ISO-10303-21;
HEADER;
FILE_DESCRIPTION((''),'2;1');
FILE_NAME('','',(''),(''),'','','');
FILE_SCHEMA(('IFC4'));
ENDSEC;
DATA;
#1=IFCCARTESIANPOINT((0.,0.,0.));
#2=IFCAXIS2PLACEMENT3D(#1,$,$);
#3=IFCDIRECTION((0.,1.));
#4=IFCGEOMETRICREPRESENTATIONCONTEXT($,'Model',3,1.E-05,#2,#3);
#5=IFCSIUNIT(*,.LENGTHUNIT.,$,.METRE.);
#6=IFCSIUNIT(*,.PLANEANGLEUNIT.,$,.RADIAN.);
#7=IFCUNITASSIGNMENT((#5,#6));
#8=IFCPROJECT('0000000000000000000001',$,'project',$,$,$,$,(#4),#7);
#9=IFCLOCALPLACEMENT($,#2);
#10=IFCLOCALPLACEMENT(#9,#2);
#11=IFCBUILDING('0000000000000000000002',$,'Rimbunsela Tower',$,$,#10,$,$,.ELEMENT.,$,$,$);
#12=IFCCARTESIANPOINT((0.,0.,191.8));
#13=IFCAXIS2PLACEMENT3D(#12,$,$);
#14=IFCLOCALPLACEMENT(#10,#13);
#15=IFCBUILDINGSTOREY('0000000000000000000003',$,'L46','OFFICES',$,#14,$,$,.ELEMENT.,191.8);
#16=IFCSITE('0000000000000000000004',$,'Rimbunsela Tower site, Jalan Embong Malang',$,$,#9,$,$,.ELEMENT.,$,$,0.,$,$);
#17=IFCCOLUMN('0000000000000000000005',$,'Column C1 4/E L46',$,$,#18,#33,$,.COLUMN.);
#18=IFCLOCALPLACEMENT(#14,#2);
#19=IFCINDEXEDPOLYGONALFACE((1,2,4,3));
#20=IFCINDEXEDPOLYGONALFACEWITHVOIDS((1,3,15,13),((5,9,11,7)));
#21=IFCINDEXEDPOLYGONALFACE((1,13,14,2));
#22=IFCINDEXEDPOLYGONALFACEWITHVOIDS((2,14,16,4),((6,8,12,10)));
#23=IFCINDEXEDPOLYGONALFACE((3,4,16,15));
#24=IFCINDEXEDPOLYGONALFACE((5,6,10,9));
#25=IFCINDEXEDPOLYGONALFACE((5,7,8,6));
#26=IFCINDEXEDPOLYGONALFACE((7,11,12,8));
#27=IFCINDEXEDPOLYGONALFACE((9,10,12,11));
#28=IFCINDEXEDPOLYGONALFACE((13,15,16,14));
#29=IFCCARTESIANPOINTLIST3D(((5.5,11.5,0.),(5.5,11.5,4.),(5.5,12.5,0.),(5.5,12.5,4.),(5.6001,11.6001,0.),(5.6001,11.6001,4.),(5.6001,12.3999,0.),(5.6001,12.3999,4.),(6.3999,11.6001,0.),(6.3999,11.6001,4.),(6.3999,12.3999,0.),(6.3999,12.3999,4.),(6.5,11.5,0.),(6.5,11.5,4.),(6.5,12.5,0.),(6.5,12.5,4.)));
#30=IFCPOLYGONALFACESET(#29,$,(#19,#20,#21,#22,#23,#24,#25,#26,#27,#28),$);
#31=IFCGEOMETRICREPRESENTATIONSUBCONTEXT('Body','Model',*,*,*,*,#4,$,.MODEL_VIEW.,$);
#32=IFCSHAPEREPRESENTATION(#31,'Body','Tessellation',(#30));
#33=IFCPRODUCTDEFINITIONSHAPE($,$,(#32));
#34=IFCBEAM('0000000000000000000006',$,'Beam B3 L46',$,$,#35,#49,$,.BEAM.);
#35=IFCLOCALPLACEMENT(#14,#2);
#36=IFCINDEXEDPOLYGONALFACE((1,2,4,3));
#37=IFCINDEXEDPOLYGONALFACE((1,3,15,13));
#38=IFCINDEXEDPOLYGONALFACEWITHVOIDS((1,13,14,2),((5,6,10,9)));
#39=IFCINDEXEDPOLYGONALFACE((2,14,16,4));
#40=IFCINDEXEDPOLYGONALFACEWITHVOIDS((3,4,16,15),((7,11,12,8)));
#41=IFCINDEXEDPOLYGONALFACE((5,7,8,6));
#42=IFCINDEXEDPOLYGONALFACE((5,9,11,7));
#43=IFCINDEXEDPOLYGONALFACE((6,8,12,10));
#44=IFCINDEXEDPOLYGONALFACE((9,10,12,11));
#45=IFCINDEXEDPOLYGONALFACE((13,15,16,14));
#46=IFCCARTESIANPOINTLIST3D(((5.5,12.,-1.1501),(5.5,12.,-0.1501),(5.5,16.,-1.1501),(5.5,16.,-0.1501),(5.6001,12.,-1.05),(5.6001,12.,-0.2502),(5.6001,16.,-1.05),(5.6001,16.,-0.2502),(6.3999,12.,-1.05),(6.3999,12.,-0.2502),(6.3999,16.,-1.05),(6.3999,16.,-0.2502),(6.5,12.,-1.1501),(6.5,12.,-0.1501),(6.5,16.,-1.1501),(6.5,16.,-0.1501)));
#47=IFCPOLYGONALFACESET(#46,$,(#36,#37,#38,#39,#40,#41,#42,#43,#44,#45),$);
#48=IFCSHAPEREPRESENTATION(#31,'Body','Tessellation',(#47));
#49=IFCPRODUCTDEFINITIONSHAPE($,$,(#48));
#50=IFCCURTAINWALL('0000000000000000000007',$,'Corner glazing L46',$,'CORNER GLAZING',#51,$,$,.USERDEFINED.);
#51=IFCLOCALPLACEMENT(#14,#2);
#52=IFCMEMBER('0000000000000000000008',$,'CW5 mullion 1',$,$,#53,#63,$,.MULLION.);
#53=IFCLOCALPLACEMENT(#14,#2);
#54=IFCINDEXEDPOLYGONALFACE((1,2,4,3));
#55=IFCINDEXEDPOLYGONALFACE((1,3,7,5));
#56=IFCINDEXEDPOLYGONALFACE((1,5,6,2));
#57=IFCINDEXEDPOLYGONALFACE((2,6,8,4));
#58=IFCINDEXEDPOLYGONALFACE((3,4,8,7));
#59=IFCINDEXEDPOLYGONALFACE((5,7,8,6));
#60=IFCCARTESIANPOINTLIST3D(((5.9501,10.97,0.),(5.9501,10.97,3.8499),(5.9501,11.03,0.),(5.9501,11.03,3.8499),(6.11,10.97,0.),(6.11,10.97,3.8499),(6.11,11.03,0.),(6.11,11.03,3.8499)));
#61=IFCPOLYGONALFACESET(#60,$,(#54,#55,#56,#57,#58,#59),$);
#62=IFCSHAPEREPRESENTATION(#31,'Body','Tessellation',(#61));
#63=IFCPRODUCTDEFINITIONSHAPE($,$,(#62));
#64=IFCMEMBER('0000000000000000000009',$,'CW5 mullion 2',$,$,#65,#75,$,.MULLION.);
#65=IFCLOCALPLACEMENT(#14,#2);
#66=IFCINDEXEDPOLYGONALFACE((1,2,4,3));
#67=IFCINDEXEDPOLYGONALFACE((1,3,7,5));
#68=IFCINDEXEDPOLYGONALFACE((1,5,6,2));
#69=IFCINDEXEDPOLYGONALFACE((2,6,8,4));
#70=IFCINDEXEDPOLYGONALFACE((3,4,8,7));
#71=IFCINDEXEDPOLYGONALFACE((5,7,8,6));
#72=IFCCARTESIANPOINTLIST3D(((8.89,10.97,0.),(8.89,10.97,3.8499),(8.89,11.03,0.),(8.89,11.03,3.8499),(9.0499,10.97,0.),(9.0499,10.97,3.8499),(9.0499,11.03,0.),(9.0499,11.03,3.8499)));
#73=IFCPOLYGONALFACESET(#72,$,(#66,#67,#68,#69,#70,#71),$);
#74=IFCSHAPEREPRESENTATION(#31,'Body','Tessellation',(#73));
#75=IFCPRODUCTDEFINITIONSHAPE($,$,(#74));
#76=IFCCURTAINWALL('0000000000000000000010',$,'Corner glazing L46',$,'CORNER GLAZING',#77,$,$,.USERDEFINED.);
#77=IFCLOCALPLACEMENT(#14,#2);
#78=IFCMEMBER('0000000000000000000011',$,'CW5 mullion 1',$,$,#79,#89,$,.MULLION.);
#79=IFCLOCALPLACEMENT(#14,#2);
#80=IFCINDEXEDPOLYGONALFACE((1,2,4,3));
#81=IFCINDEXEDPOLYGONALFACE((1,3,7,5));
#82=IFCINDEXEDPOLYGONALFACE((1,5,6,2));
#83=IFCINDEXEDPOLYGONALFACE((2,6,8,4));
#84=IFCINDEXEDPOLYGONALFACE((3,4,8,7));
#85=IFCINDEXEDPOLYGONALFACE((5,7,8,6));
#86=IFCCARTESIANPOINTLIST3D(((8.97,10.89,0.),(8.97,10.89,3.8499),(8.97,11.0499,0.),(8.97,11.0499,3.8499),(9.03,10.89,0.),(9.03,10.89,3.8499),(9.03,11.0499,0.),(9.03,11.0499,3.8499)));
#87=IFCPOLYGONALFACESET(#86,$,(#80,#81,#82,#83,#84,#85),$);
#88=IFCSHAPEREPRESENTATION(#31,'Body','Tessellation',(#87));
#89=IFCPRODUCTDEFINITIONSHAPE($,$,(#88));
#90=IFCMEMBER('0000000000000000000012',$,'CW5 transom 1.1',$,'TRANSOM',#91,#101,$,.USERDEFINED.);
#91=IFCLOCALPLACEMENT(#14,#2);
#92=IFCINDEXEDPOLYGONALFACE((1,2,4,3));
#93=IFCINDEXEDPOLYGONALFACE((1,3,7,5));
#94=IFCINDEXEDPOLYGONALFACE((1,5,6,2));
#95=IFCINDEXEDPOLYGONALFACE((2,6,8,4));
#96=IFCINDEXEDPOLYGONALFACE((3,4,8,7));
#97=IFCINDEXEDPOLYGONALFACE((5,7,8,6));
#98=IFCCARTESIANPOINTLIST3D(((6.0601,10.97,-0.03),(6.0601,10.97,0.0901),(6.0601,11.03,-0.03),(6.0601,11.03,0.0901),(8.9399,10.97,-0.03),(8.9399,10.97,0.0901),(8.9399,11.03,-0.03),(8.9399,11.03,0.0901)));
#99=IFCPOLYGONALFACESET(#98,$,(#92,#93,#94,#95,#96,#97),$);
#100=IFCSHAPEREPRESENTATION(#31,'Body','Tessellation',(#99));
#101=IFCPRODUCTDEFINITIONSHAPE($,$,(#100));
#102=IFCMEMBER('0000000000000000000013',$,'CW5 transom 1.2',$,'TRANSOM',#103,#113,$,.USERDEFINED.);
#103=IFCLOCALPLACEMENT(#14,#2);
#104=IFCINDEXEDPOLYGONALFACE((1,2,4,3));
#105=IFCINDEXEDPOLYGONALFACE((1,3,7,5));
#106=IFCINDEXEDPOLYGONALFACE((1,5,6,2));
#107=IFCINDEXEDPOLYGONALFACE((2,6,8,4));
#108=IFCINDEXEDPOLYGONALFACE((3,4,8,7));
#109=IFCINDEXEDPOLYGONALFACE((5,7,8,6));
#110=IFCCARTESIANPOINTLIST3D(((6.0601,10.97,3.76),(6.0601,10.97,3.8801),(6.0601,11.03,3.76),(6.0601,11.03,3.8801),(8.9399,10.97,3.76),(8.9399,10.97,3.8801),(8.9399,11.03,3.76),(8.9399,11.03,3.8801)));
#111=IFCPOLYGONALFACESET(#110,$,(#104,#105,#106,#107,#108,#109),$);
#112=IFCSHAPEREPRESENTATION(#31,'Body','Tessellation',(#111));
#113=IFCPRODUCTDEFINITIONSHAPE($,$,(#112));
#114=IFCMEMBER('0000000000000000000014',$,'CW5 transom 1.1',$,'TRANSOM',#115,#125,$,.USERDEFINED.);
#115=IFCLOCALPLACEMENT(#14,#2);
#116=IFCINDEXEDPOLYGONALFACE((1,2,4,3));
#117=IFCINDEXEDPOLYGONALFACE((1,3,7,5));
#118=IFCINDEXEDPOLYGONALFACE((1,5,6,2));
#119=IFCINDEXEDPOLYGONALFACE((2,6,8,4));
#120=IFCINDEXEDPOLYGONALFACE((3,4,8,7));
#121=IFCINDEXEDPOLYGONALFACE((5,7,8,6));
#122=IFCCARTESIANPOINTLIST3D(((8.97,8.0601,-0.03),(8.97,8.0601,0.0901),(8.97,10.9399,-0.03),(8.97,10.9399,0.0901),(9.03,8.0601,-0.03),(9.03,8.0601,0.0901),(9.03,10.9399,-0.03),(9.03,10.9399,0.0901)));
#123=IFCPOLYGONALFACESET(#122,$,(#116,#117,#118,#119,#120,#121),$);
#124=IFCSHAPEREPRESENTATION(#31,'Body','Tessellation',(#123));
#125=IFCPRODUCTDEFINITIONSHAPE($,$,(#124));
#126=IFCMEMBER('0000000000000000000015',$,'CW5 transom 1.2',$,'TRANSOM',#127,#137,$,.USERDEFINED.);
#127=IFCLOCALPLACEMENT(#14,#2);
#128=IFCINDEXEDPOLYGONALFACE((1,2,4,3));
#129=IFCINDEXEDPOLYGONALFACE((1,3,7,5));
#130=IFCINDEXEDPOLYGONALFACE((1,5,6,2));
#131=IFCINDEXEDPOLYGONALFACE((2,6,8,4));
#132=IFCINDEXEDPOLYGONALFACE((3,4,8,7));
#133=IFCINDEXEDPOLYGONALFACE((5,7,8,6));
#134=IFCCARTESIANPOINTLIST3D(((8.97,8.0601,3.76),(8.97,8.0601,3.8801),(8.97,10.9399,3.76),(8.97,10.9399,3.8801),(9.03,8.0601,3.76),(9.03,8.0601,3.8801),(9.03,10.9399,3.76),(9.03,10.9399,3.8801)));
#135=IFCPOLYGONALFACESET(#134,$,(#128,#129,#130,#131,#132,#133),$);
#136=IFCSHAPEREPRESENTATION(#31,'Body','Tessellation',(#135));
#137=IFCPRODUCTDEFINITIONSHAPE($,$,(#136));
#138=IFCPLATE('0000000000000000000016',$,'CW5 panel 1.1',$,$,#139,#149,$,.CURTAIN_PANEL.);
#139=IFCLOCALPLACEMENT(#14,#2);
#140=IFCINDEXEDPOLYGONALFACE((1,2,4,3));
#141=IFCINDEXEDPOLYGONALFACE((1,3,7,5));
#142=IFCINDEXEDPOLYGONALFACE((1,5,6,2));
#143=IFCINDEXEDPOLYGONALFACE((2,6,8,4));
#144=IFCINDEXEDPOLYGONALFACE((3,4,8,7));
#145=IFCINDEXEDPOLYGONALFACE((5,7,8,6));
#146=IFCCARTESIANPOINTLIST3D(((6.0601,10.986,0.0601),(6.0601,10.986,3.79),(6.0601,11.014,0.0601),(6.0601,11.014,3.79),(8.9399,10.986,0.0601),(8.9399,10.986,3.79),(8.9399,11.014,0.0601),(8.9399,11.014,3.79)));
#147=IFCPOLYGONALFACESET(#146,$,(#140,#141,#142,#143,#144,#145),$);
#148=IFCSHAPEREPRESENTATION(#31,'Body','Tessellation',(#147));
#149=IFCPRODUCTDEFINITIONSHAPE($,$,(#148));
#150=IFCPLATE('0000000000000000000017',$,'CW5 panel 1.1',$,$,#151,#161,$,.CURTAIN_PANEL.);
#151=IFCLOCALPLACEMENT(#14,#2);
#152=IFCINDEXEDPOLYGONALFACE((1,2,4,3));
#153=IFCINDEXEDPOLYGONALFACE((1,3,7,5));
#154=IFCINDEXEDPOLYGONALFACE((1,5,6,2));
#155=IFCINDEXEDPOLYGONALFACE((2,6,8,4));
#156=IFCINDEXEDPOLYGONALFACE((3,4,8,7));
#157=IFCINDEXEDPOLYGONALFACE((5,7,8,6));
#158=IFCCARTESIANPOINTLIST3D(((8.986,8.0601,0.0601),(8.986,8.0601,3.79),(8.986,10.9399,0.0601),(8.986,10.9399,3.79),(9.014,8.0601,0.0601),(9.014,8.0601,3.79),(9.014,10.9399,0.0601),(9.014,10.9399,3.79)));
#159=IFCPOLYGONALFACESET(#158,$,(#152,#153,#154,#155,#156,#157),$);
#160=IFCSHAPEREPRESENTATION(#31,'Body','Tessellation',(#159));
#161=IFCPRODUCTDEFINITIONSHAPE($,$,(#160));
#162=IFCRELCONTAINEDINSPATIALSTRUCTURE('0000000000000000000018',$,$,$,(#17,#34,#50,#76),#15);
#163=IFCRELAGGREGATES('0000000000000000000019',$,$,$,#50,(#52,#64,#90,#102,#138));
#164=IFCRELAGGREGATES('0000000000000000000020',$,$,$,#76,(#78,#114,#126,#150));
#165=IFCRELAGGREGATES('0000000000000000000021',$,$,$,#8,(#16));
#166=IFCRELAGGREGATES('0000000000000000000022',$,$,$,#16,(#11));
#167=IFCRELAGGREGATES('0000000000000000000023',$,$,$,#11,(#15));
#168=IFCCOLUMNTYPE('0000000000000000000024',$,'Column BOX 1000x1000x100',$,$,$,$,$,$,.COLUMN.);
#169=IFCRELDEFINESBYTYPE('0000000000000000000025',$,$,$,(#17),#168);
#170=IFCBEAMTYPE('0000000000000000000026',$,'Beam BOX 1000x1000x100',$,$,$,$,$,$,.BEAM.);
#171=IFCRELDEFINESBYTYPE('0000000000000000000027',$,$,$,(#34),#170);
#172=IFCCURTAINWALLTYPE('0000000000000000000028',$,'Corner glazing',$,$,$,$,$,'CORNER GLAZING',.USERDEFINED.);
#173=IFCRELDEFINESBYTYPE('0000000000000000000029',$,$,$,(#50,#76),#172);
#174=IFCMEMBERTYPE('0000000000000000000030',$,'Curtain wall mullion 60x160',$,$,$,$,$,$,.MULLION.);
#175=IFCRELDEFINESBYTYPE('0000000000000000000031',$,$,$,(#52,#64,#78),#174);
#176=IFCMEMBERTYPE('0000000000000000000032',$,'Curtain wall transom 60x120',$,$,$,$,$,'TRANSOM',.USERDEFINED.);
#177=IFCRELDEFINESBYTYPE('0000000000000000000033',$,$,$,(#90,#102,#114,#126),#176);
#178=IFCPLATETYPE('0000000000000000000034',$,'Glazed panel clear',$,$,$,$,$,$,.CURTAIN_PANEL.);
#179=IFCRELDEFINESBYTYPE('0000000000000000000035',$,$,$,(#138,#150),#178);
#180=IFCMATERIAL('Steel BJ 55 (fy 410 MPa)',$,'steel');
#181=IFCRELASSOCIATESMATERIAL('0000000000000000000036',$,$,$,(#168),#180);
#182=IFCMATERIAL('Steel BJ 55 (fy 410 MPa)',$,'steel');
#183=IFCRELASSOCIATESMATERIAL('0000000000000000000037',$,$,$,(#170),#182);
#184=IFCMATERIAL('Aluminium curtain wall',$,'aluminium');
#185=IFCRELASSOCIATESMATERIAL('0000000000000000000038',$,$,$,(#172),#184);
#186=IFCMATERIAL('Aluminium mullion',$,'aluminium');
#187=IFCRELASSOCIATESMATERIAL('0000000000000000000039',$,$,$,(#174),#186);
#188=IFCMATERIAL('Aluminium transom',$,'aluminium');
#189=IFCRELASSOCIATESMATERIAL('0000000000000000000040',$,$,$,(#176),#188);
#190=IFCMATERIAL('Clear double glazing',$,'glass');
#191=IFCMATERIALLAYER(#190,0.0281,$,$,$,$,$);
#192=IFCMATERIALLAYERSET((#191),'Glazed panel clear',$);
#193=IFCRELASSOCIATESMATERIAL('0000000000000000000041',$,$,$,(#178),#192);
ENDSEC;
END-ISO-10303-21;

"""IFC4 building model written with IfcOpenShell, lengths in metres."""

from ifc_helpers import new_model, si_unit, direction, frame, origin, origin_2d, place, context, subcontext, project, spatial, rectangle, hollow_rectangle, extrude, material, layer, layer_set, material_profile, profile_set, type_object, element, aggregate, save


model = new_model("IFC4")

# Units and contexts
model_context = context("Model", 3, precision=1e-05, world=origin(), true_north=direction((0.0, 1.0)))
body_context = subcontext(model_context, "Body", "Model", "MODEL_VIEW")
ifc_project = project(units=[si_unit("LENGTHUNIT", "METRE"), si_unit("PLANEANGLEUNIT", "RADIAN")], contexts=[model_context])

# Site, building, storey
site_placement = place(None, origin())
site = spatial("IfcSite", under=ifc_project, at=site_placement, Name="Rimbunsela Tower site, Jalan Embong Malang", CompositionType="ELEMENT", RefElevation=0.0)
building_placement = place(site_placement, origin())
building = spatial("IfcBuilding", under=site, at=building_placement, Name="Rimbunsela Tower", CompositionType="ELEMENT")
storey_placement = place(building_placement, frame((0.0, 0.0, 191.8)))
storey = spatial("IfcBuildingStorey", under=building, at=storey_placement, Name="L46", Description="OFFICES", CompositionType="ELEMENT", Elevation=191.8)

# Column
ifc_material_1 = material(Name="Steel BJ 55 (fy 410 MPa)", Category="steel")
ifc_material_profile_1 = material_profile(ifc_material_1, hollow_rectangle(XDim=1.0, YDim=1.0, WallThickness=0.1001, at=origin_2d()), Name="BOX 1000x1000x100")
ifc_profile_set_1 = profile_set([ifc_material_profile_1], Name="Steel BJ 55 (fy 410 MPa)")
column_type = type_object("IfcColumnType", Name="Column BOX 1000x1000x100", PredefinedType="COLUMN", material=ifc_profile_set_1)
column_placement = place(storey_placement, frame((6.0, 12.0, 0.0), z_axis=(0.0, 0.0, 1.0), x_axis=(1.0, 0.0, 0.0)))
element("IfcColumn", 1, at=column_placement, inside=storey, type_object=column_type, Name="Column C1 4/E L46", PredefinedType="COLUMN", context=body_context, shape_type="SweptSolid", body=[
    extrude(hollow_rectangle(XDim=1.0, YDim=1.0, WallThickness=0.1001, at=origin_2d()), origin(), (0.0, 0.0, 1.0), 4.0),
])

# Beam
ifc_material_2 = material(Name="Steel BJ 55 (fy 410 MPa)", Category="steel")
ifc_material_profile_2 = material_profile(ifc_material_2, hollow_rectangle(XDim=1.0, YDim=1.0, WallThickness=0.1001, at=origin_2d()), Name="BOX 1000x1000x100")
ifc_profile_set_2 = profile_set([ifc_material_profile_2], Name="Steel BJ 55 (fy 410 MPa)")
beam_type = type_object("IfcBeamType", Name="Beam BOX 1000x1000x100", PredefinedType="BEAM", material=ifc_profile_set_2)
beam_placement = place(storey_placement, frame((6.0, 12.0, -0.6501), z_axis=(0.0, 1.0, 0.0), x_axis=(-1.0, 0.0, 0.0)))
element("IfcBeam", 2, at=beam_placement, inside=storey, type_object=beam_type, Name="Beam B3 L46", PredefinedType="BEAM", context=body_context, shape_type="SweptSolid", body=[
    extrude(hollow_rectangle(XDim=1.0, YDim=1.0, WallThickness=0.1001, at=origin_2d()), origin(), (0.0, 0.0, 1.0), 4.0),
])

# Curtain wall, members
ifc_material_3 = material(Name="Aluminium curtain wall", Category="aluminium")
curtain_wall_type = type_object("IfcCurtainWallType", Name="Corner glazing", ElementType="CORNER GLAZING", PredefinedType="USERDEFINED", material=ifc_material_3)
curtain_wall_1_placement = place(storey_placement, origin())
curtain_wall_1 = element("IfcCurtainWall", 3, at=curtain_wall_1_placement, inside=storey, type_object=curtain_wall_type, Name="Corner glazing L46", ObjectType="CORNER GLAZING", PredefinedType="USERDEFINED")
ifc_material_4 = material(Name="Aluminium mullion", Category="aluminium")
ifc_material_profile_3 = material_profile(ifc_material_4, rectangle(XDim=0.0601, YDim=0.1599, at=origin_2d()), Name="Mullion 60x160")
ifc_profile_set_3 = profile_set([ifc_material_profile_3], Name="Aluminium mullion")
member_type_1 = type_object("IfcMemberType", Name="Curtain wall mullion 60x160", PredefinedType="MULLION", material=ifc_profile_set_3)
member_1_placement = place(storey_placement, frame((6.03, 11.0, 0.0), z_axis=(0.0, 0.0, 1.0), x_axis=(0.0, 1.0, 0.0)))
member_1 = element("IfcMember", 4, at=member_1_placement, type_object=member_type_1, Name="CW5 mullion 1", PredefinedType="MULLION", context=body_context, shape_type="SweptSolid", body=[
    extrude(rectangle(XDim=0.0601, YDim=0.1599, at=origin_2d()), origin(), (0.0, 0.0, 1.0), 3.8499),
])
member_2_placement = place(storey_placement, frame((8.97, 11.0, 0.0), z_axis=(0.0, 0.0, 1.0), x_axis=(0.0, 1.0, 0.0)))
member_2 = element("IfcMember", 5, at=member_2_placement, type_object=member_type_1, Name="CW5 mullion 2", PredefinedType="MULLION", context=body_context, shape_type="SweptSolid", body=[
    extrude(rectangle(XDim=0.0601, YDim=0.1599, at=origin_2d()), origin(), (0.0, 0.0, 1.0), 3.8499),
])

# Curtain wall, member
curtain_wall_2_placement = place(storey_placement, origin())
curtain_wall_2 = element("IfcCurtainWall", 6, at=curtain_wall_2_placement, inside=storey, type_object=curtain_wall_type, Name="Corner glazing L46", ObjectType="CORNER GLAZING", PredefinedType="USERDEFINED")
member_3_placement = place(storey_placement, frame((9.0, 10.97, 0.0), z_axis=(0.0, 0.0, 1.0), x_axis=(1.0, 0.0, 0.0)))
member_3 = element("IfcMember", 7, at=member_3_placement, type_object=member_type_1, Name="CW5 mullion 1", PredefinedType="MULLION", context=body_context, shape_type="SweptSolid", body=[
    extrude(rectangle(XDim=0.0601, YDim=0.1599, at=origin_2d()), origin(), (0.0, 0.0, 1.0), 3.8499),
])

# Members
ifc_material_5 = material(Name="Aluminium transom", Category="aluminium")
ifc_material_profile_4 = material_profile(ifc_material_5, rectangle(XDim=0.0601, YDim=0.1201, at=origin_2d()), Name="Transom 60x120")
ifc_profile_set_4 = profile_set([ifc_material_profile_4], Name="Aluminium transom")
member_type_2 = type_object("IfcMemberType", Name="Curtain wall transom 60x120", ElementType="TRANSOM", PredefinedType="USERDEFINED", material=ifc_profile_set_4)
member_4_placement = place(storey_placement, frame((6.0601, 11.0, 0.03), z_axis=(1.0, 0.0, 0.0), x_axis=(0.0, 1.0, 0.0)))
member_4 = element("IfcMember", 8, at=member_4_placement, type_object=member_type_2, Name="CW5 transom 1.1", ObjectType="TRANSOM", PredefinedType="USERDEFINED", context=body_context, shape_type="SweptSolid", body=[
    extrude(rectangle(XDim=0.0601, YDim=0.1201, at=origin_2d()), origin(), (0.0, 0.0, 1.0), 2.8799),
])
member_5_placement = place(storey_placement, frame((6.0601, 11.0, 3.8201), z_axis=(1.0, 0.0, 0.0), x_axis=(0.0, 1.0, 0.0)))
member_5 = element("IfcMember", 9, at=member_5_placement, type_object=member_type_2, Name="CW5 transom 1.2", ObjectType="TRANSOM", PredefinedType="USERDEFINED", context=body_context, shape_type="SweptSolid", body=[
    extrude(rectangle(XDim=0.0601, YDim=0.1201, at=origin_2d()), origin(), (0.0, 0.0, 1.0), 2.8799),
])
member_6_placement = place(storey_placement, frame((9.0, 10.9399, 0.03), z_axis=(0.0, -1.0, 0.0), x_axis=(1.0, 0.0, 0.0)))
member_6 = element("IfcMember", 10, at=member_6_placement, type_object=member_type_2, Name="CW5 transom 1.1", ObjectType="TRANSOM", PredefinedType="USERDEFINED", context=body_context, shape_type="SweptSolid", body=[
    extrude(rectangle(XDim=0.0601, YDim=0.1201, at=origin_2d()), origin(), (0.0, 0.0, 1.0), 2.8799),
])
member_7_placement = place(storey_placement, frame((9.0, 10.9399, 3.8201), z_axis=(0.0, -1.0, 0.0), x_axis=(1.0, 0.0, 0.0)))
member_7 = element("IfcMember", 11, at=member_7_placement, type_object=member_type_2, Name="CW5 transom 1.2", ObjectType="TRANSOM", PredefinedType="USERDEFINED", context=body_context, shape_type="SweptSolid", body=[
    extrude(rectangle(XDim=0.0601, YDim=0.1201, at=origin_2d()), origin(), (0.0, 0.0, 1.0), 2.8799),
])

# Plates
ifc_material_6 = material(Name="Clear double glazing", Category="glass")
ifc_layer_1 = layer(ifc_material_6, 0.0281)
ifc_layer_set_1 = layer_set([ifc_layer_1], Name="Glazed panel clear")
plate_type = type_object("IfcPlateType", Name="Glazed panel clear", PredefinedType="CURTAIN_PANEL", material=ifc_layer_set_1)
plate_1_placement = place(storey_placement, frame((7.5, 11.0, 0.0601), z_axis=(0.0, 0.0, 1.0), x_axis=(1.0, 0.0, 0.0)))
plate_1 = element("IfcPlate", 12, at=plate_1_placement, type_object=plate_type, Name="CW5 panel 1.1", PredefinedType="CURTAIN_PANEL", context=body_context, shape_type="SweptSolid", body=[
    extrude(rectangle(XDim=2.8799, YDim=0.0281, at=origin_2d()), origin(), (0.0, 0.0, 1.0), 3.73),
])
aggregate(curtain_wall_1, [member_1, member_2, member_4, member_5, plate_1])
plate_2_placement = place(storey_placement, frame((9.0, 9.5, 0.0601), z_axis=(0.0, 0.0, 1.0), x_axis=(0.0, -1.0, 0.0)))
plate_2 = element("IfcPlate", 13, at=plate_2_placement, type_object=plate_type, Name="CW5 panel 1.1", PredefinedType="CURTAIN_PANEL", context=body_context, shape_type="SweptSolid", body=[
    extrude(rectangle(XDim=2.8799, YDim=0.0281, at=origin_2d()), origin(), (0.0, 0.0, 1.0), 3.73),
])
aggregate(curtain_wall_2, [member_3, member_6, member_7, plate_2])

save(model, "model.ifc")
